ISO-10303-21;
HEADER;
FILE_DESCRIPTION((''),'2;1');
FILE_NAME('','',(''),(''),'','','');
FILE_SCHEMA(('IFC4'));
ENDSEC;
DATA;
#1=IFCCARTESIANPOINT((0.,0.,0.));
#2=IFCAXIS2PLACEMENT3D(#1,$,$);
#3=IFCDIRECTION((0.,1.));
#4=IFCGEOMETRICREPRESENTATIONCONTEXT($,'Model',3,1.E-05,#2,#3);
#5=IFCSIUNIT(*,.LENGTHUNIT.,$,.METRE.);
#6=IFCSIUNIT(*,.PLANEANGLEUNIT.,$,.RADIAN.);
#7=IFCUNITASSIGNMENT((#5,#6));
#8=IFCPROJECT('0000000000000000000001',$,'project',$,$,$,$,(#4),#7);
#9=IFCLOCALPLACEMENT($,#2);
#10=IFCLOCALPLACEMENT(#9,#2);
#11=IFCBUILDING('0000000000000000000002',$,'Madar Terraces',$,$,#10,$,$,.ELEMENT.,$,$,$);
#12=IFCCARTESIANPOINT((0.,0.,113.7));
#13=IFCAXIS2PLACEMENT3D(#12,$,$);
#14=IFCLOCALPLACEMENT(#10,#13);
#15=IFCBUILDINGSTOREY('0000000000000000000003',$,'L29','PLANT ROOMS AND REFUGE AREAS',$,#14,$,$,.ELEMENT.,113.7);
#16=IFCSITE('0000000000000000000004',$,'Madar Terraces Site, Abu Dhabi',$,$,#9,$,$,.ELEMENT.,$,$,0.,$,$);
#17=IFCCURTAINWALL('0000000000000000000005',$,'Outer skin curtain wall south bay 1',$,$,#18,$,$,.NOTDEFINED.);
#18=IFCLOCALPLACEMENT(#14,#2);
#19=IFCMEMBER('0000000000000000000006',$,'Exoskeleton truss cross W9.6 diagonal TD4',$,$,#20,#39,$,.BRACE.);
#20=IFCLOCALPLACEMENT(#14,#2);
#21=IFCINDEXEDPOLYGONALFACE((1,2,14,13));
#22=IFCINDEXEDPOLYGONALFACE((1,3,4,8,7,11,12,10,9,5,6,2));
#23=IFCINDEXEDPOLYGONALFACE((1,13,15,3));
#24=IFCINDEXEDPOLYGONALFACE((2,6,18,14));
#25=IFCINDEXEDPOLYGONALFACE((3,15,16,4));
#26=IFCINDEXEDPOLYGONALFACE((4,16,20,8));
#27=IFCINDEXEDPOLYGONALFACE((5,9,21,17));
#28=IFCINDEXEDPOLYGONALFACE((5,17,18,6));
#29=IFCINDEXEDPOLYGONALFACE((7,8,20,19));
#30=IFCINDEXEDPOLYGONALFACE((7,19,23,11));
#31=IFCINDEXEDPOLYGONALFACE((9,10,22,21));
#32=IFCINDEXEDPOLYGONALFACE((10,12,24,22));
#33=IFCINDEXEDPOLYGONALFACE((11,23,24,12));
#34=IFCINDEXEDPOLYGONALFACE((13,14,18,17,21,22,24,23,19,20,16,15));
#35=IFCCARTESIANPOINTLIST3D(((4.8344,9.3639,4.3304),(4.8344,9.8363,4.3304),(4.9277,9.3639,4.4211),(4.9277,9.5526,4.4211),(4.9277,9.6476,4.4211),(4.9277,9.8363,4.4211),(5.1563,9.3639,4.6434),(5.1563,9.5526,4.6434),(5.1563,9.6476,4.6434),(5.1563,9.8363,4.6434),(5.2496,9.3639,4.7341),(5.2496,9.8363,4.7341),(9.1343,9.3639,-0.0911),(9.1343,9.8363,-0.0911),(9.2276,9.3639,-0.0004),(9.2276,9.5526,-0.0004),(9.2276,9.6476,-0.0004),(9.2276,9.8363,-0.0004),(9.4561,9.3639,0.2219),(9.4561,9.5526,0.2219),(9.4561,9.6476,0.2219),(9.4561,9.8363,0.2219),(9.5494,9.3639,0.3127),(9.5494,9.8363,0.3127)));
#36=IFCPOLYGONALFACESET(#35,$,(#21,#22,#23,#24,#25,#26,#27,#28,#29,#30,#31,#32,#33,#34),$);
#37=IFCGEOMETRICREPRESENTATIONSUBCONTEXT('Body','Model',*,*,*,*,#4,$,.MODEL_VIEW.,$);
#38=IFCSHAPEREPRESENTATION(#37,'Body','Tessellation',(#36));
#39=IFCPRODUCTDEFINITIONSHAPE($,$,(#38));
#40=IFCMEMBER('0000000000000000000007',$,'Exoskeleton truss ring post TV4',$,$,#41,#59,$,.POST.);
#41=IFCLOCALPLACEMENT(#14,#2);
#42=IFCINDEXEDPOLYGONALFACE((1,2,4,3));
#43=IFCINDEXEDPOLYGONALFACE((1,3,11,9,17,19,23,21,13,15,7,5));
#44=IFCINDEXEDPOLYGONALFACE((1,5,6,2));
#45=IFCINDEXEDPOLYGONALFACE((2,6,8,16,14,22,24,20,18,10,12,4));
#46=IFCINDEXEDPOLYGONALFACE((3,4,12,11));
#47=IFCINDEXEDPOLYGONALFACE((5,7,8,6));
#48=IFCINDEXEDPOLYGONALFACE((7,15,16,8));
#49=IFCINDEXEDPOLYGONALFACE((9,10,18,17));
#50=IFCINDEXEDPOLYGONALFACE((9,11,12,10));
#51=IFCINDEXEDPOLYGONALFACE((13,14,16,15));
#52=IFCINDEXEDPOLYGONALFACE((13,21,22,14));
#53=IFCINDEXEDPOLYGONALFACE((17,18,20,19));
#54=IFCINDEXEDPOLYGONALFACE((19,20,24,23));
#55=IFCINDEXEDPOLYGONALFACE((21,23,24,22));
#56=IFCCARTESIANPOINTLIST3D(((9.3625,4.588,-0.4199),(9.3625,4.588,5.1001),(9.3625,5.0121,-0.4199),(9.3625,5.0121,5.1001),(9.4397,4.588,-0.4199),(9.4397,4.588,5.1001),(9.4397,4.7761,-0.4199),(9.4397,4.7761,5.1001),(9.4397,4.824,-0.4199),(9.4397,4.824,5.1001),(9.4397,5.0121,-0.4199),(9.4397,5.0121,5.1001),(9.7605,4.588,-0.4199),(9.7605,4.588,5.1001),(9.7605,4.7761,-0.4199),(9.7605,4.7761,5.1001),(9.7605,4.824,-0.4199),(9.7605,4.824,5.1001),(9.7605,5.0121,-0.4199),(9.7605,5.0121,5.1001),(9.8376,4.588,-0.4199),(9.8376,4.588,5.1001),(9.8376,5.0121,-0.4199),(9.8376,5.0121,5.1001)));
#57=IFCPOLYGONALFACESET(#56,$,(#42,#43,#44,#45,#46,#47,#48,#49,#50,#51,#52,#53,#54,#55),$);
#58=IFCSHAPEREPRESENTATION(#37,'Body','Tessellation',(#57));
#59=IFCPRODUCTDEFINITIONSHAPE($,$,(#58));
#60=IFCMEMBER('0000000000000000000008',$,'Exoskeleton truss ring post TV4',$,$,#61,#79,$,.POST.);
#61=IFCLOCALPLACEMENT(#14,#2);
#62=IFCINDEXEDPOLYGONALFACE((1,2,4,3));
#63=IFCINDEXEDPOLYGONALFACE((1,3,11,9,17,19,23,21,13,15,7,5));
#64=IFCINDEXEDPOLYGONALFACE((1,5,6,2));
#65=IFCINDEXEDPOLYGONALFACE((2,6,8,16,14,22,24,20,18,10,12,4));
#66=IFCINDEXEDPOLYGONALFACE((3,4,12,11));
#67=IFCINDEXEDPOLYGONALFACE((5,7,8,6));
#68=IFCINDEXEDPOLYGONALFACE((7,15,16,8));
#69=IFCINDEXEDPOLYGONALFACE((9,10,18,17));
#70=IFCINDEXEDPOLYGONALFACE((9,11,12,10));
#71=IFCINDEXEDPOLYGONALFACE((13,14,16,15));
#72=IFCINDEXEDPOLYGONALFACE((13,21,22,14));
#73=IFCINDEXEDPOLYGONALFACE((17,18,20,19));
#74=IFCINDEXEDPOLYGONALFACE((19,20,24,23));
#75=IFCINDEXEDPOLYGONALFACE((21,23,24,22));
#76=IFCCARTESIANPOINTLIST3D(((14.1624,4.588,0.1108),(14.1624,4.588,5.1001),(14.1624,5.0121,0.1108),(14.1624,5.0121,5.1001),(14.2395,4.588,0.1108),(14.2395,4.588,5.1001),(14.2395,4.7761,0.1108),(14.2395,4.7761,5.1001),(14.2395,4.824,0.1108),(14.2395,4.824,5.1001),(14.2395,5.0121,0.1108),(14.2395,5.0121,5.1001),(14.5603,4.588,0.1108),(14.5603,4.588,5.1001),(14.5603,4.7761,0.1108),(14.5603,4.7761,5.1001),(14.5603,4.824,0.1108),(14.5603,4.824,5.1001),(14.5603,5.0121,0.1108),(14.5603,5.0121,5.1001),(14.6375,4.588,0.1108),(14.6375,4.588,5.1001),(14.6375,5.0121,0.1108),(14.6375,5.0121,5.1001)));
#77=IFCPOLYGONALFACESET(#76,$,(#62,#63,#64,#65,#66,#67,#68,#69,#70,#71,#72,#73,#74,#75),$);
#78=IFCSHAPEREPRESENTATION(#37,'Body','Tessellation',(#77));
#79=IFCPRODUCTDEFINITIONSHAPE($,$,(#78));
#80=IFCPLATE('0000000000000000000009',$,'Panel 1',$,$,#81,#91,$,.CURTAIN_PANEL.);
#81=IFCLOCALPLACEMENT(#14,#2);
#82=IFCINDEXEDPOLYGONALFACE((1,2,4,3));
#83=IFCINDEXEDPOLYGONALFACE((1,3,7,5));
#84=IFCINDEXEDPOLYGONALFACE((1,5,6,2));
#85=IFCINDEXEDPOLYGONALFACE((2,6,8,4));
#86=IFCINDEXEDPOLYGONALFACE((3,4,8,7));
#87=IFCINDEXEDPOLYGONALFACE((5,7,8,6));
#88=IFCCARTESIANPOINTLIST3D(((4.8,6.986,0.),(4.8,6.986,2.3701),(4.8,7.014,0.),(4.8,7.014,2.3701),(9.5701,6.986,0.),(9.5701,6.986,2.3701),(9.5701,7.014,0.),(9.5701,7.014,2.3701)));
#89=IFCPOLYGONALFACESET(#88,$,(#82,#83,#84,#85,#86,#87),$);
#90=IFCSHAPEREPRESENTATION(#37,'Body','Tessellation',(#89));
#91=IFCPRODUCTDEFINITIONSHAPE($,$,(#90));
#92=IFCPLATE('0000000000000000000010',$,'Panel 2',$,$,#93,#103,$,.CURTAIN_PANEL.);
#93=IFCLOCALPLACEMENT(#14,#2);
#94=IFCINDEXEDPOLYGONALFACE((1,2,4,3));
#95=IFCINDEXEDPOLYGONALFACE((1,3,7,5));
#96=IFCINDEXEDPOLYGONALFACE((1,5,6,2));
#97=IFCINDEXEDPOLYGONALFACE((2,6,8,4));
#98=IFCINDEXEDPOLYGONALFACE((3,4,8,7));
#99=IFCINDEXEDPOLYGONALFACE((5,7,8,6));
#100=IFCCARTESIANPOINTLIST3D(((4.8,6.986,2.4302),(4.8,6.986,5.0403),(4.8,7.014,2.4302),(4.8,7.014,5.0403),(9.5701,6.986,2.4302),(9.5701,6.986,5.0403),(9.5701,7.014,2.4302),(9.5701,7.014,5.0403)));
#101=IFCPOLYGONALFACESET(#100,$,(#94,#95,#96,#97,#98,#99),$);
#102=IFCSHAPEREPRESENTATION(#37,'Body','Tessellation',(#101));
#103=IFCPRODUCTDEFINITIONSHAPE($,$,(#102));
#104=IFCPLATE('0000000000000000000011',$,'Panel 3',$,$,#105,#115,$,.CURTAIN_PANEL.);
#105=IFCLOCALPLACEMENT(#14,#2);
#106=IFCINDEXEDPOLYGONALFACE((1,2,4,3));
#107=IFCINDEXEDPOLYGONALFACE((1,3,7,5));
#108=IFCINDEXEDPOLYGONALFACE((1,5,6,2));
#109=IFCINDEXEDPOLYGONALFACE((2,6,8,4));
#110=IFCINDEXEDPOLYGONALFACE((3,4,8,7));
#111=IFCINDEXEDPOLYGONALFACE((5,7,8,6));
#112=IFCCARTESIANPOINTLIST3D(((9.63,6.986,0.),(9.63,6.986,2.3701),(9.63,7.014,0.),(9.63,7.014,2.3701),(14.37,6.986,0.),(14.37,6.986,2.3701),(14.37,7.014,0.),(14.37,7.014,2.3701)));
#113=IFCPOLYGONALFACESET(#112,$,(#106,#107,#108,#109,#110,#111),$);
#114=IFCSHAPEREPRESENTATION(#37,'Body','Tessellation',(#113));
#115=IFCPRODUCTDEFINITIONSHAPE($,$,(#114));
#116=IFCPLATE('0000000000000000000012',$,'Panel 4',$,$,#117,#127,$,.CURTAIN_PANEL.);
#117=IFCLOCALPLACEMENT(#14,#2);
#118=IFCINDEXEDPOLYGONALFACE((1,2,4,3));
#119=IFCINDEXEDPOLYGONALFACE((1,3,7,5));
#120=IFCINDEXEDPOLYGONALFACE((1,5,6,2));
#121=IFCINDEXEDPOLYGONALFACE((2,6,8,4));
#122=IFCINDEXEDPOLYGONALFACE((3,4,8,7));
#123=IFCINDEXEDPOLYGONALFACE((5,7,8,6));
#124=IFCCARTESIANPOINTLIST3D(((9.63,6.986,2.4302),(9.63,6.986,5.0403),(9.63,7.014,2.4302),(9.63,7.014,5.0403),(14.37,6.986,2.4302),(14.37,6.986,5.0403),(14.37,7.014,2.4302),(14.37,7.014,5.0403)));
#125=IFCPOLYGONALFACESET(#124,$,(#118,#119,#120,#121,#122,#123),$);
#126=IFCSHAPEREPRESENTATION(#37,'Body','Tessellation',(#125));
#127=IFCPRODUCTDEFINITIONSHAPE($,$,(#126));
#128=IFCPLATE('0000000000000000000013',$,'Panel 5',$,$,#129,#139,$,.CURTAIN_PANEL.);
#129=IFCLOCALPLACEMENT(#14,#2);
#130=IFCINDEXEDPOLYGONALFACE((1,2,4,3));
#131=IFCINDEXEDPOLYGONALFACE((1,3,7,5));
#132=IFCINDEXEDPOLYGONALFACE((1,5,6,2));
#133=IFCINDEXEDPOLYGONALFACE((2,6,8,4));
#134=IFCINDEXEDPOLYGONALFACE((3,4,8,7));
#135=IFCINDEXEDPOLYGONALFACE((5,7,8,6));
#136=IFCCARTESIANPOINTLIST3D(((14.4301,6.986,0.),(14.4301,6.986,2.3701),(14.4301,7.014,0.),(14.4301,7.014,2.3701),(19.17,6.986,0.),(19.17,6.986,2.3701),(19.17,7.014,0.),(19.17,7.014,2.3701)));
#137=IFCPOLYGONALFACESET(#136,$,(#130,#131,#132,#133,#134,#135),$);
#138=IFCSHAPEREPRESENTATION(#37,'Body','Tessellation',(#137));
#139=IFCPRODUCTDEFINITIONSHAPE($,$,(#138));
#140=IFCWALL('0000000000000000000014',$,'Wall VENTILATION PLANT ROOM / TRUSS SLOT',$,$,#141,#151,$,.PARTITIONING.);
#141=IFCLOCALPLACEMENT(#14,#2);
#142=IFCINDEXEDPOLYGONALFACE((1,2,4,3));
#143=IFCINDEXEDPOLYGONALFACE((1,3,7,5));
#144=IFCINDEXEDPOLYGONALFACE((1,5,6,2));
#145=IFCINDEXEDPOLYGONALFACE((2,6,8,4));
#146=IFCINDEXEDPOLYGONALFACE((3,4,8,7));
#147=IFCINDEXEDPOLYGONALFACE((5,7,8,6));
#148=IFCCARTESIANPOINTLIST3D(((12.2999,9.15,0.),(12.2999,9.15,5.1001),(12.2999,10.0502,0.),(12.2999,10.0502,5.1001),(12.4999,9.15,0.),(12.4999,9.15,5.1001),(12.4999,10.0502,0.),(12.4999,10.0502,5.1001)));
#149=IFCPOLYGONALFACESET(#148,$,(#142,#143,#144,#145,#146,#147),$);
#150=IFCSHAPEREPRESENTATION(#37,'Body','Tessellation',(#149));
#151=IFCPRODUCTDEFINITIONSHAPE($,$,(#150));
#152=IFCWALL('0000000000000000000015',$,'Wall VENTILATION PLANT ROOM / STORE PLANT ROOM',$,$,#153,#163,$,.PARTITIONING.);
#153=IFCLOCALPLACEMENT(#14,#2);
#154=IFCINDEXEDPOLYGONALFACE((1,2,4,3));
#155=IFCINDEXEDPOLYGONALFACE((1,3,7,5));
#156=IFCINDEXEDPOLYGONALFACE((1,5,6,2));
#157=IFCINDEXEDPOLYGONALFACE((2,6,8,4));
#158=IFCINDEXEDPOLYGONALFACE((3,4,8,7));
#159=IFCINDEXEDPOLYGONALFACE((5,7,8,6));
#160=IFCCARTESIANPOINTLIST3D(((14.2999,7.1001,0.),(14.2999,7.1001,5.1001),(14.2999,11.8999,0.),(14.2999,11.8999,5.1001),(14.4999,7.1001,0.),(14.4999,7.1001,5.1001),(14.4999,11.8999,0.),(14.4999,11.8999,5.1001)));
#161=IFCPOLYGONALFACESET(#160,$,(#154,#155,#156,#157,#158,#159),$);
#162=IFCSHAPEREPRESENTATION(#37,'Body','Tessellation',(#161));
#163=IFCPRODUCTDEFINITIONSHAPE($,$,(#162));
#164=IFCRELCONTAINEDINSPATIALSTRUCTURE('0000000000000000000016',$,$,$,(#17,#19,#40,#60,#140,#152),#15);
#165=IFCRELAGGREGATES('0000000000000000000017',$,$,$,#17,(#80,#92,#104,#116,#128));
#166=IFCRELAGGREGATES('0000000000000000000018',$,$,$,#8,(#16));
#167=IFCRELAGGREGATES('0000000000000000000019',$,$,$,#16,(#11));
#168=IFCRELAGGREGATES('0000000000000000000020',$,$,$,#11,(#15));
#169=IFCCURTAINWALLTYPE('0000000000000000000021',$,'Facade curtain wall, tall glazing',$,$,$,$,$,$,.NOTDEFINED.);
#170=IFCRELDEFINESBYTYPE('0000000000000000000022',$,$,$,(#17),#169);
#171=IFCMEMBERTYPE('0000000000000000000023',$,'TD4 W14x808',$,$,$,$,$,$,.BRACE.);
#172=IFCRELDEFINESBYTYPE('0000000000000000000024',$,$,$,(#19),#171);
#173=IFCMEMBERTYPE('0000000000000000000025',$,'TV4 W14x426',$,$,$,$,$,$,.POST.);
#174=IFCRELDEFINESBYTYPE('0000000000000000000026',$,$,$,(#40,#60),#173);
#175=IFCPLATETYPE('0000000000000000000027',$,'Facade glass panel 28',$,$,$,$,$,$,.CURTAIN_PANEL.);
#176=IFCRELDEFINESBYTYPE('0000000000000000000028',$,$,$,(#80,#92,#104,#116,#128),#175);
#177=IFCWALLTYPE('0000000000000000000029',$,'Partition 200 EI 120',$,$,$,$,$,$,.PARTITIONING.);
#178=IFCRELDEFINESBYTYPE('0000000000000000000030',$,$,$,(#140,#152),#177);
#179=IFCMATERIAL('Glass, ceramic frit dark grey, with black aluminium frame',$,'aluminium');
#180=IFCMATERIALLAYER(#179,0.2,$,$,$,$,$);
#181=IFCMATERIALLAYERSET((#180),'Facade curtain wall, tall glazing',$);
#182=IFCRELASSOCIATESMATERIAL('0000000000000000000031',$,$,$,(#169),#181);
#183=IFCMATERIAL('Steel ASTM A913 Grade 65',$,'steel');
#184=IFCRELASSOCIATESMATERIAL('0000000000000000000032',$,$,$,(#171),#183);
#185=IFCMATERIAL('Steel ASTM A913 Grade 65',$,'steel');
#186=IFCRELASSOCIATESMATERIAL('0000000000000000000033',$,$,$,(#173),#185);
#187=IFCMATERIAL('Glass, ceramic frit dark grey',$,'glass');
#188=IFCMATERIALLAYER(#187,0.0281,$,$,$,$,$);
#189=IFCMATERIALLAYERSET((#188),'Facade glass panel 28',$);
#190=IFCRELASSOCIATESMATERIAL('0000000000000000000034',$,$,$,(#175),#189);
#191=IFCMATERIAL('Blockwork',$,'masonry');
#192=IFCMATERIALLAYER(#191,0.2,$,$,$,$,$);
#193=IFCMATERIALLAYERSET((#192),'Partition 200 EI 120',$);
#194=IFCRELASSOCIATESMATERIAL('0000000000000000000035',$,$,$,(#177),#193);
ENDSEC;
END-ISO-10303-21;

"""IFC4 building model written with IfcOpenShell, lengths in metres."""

from ifc_helpers import new_model, si_unit, direction, frame, frame_2d, origin, origin_2d, place, context, subcontext, project, spatial, rectangle, i_section, extrude, material, layer, layer_set, material_profile, profile_set, type_object, element, aggregate, save


model = new_model("IFC4")

# Units and contexts
model_context = context("Model", 3, precision=1e-05, world=origin(), true_north=direction((0.0, 1.0)))
body_context = subcontext(model_context, "Body", "Model", "MODEL_VIEW")
ifc_project = project(units=[si_unit("LENGTHUNIT", "METRE"), si_unit("PLANEANGLEUNIT", "RADIAN")], contexts=[model_context])

# Site, building, storey
site_placement = place(None, origin())
site = spatial("IfcSite", under=ifc_project, at=site_placement, Name="Madar Terraces Site, Abu Dhabi", CompositionType="ELEMENT", RefElevation=0.0)
building_placement = place(site_placement, origin())
building = spatial("IfcBuilding", under=site, at=building_placement, Name="Madar Terraces", CompositionType="ELEMENT")
storey_placement = place(building_placement, frame((0.0, 0.0, 113.7)))
storey = spatial("IfcBuildingStorey", under=building, at=storey_placement, Name="L29", Description="PLANT ROOMS AND REFUGE AREAS", CompositionType="ELEMENT", Elevation=113.7)

# Curtain wall
ifc_material_1 = material(Name="Glass, ceramic frit dark grey, with black aluminium frame", Category="aluminium")
ifc_layer_1 = layer(ifc_material_1, 0.2)
ifc_layer_set_1 = layer_set([ifc_layer_1], Name="Facade curtain wall, tall glazing")
curtain_wall_type = type_object("IfcCurtainWallType", Name="Facade curtain wall, tall glazing", PredefinedType="NOTDEFINED", material=ifc_layer_set_1)
curtain_wall_placement = place(storey_placement, origin())
curtain_wall = element("IfcCurtainWall", 1, at=curtain_wall_placement, inside=storey, type_object=curtain_wall_type, Name="Outer skin curtain wall south bay 1", PredefinedType="NOTDEFINED")

# Members
ifc_material_2 = material(Name="Steel ASTM A913 Grade 65", Category="steel")
ifc_material_profile_1 = material_profile(ifc_material_2, i_section(OverallWidth=0.4724, OverallDepth=0.5791, WebThickness=0.095, FlangeThickness=0.1301, at=origin_2d()), Name="W14x808")
ifc_profile_set_1 = profile_set([ifc_material_profile_1], Name="Steel ASTM A913 Grade 65")
member_type_1 = type_object("IfcMemberType", Name="TD4 W14x808", PredefinedType="BRACE", material=ifc_profile_set_1)
for number, where, z_axis, x_axis, name in (
    (2, (5.042, 9.6001, 4.5322), (0.697181, 0.0, -0.716895), (0.0, 1.0, 0.0), "Exoskeleton truss cross W9.6 diagonal TD4"),
):
    element("IfcMember", number, at=place(storey_placement, frame(where, z_axis=z_axis, x_axis=x_axis)), inside=storey, type_object=member_type_1, Name=name, PredefinedType="BRACE", context=body_context, shape_type="SweptSolid", body=[
        extrude(i_section(OverallWidth=0.4724, OverallDepth=0.5791, WebThickness=0.095, FlangeThickness=0.1301, at=origin_2d()), origin(), (0.0, 0.0, 1.0), 6.1675),
    ])
ifc_material_3 = material(Name="Steel ASTM A913 Grade 65", Category="steel")
ifc_material_profile_2 = material_profile(ifc_material_3, i_section(OverallWidth=0.4241, OverallDepth=0.4751, WebThickness=0.0479, FlangeThickness=0.0771, at=origin_2d()), Name="W14x426")
ifc_profile_set_2 = profile_set([ifc_material_profile_2], Name="Steel ASTM A913 Grade 65")
member_type_2 = type_object("IfcMemberType", Name="TV4 W14x426", PredefinedType="POST", material=ifc_profile_set_2)
member_1_placement = place(storey_placement, frame((9.6001, 4.8, -0.4199), z_axis=(0.0, 0.0, 1.0), x_axis=(0.0, 1.0, 0.0)))
element("IfcMember", 3, at=member_1_placement, inside=storey, type_object=member_type_2, Name="Exoskeleton truss ring post TV4", PredefinedType="POST", context=body_context, shape_type="SweptSolid", body=[
    extrude(i_section(OverallWidth=0.4241, OverallDepth=0.4751, WebThickness=0.0479, FlangeThickness=0.0771, at=origin_2d()), origin(), (0.0, 0.0, 1.0), 5.52),
])
member_2_placement = place(storey_placement, frame((14.3999, 4.8, 0.1108), z_axis=(0.0, 0.0, 1.0), x_axis=(0.0, 1.0, 0.0)))
element("IfcMember", 4, at=member_2_placement, inside=storey, type_object=member_type_2, Name="Exoskeleton truss ring post TV4", PredefinedType="POST", context=body_context, shape_type="SweptSolid", body=[
    extrude(i_section(OverallWidth=0.4241, OverallDepth=0.4751, WebThickness=0.0479, FlangeThickness=0.0771, at=origin_2d()), origin(), (0.0, 0.0, 1.0), 4.9893),
])

# Plates
ifc_material_4 = material(Name="Glass, ceramic frit dark grey", Category="glass")
ifc_layer_2 = layer(ifc_material_4, 0.0281)
ifc_layer_set_2 = layer_set([ifc_layer_2], Name="Facade glass panel 28")
plate_type = type_object("IfcPlateType", Name="Facade glass panel 28", PredefinedType="CURTAIN_PANEL", material=ifc_layer_set_2)
plate_1_placement = place(storey_placement, frame((7.1851, 7.0, 0.0), z_axis=(0.0, 0.0, 1.0), x_axis=(1.0, 0.0, 0.0)))
plate_1 = element("IfcPlate", 5, at=plate_1_placement, type_object=plate_type, Name="Panel 1", PredefinedType="CURTAIN_PANEL", context=body_context, shape_type="SweptSolid", body=[
    extrude(rectangle(XDim=4.77, YDim=0.0281, at=origin_2d()), origin(), (0.0, 0.0, 1.0), 2.3701),
])
plate_2_placement = place(storey_placement, frame((7.1851, 7.0, 2.4302), z_axis=(0.0, 0.0, 1.0), x_axis=(1.0, 0.0, 0.0)))
plate_2 = element("IfcPlate", 6, at=plate_2_placement, type_object=plate_type, Name="Panel 2", PredefinedType="CURTAIN_PANEL", context=body_context, shape_type="SweptSolid", body=[
    extrude(rectangle(XDim=4.77, YDim=0.0281, at=origin_2d()), origin(), (0.0, 0.0, 1.0), 2.6101),
])
plate_3_placement = place(storey_placement, frame((12.0, 7.0, 0.0), z_axis=(0.0, 0.0, 1.0), x_axis=(1.0, 0.0, 0.0)))
plate_3 = element("IfcPlate", 7, at=plate_3_placement, type_object=plate_type, Name="Panel 3", PredefinedType="CURTAIN_PANEL", context=body_context, shape_type="SweptSolid", body=[
    extrude(rectangle(XDim=4.74, YDim=0.0281, at=origin_2d()), origin(), (0.0, 0.0, 1.0), 2.3701),
])
plate_4_placement = place(storey_placement, frame((12.0, 7.0, 2.4302), z_axis=(0.0, 0.0, 1.0), x_axis=(1.0, 0.0, 0.0)))
plate_4 = element("IfcPlate", 8, at=plate_4_placement, type_object=plate_type, Name="Panel 4", PredefinedType="CURTAIN_PANEL", context=body_context, shape_type="SweptSolid", body=[
    extrude(rectangle(XDim=4.74, YDim=0.0281, at=origin_2d()), origin(), (0.0, 0.0, 1.0), 2.6101),
])
plate_5_placement = place(storey_placement, frame((16.8, 7.0, 0.0), z_axis=(0.0, 0.0, 1.0), x_axis=(1.0, 0.0, 0.0)))
plate_5 = element("IfcPlate", 9, at=plate_5_placement, type_object=plate_type, Name="Panel 5", PredefinedType="CURTAIN_PANEL", context=body_context, shape_type="SweptSolid", body=[
    extrude(rectangle(XDim=4.74, YDim=0.0281, at=origin_2d()), origin(), (0.0, 0.0, 1.0), 2.3701),
])
aggregate(curtain_wall, [plate_1, plate_2, plate_3, plate_4, plate_5])

# Walls
ifc_material_5 = material(Name="Blockwork", Category="masonry")
ifc_layer_3 = layer(ifc_material_5, 0.2)
ifc_layer_set_3 = layer_set([ifc_layer_3], Name="Partition 200 EI 120")
wall_type = type_object("IfcWallType", Name="Partition 200 EI 120", PredefinedType="PARTITIONING", material=ifc_layer_set_3)
wall_1_placement = place(storey_placement, frame((12.3999, 9.1499, 0.0), z_axis=(0.0, 0.0, 1.0), x_axis=(0.0, 1.0, 0.0)))
element("IfcWall", 10, at=wall_1_placement, inside=storey, type_object=wall_type, Name="Wall VENTILATION PLANT ROOM / TRUSS SLOT", PredefinedType="PARTITIONING", context=body_context, shape_type="SweptSolid", body=[
    extrude(rectangle(XDim=0.9001, YDim=0.2, at=frame_2d((0.4502, 0.0))), origin(), (0.0, 0.0, 1.0), 5.1001),
])
wall_2_placement = place(storey_placement, frame((14.3999, 7.1001, 0.0), z_axis=(0.0, 0.0, 1.0), x_axis=(0.0, 1.0, 0.0)))
element("IfcWall", 11, at=wall_2_placement, inside=storey, type_object=wall_type, Name="Wall VENTILATION PLANT ROOM / STORE PLANT ROOM", PredefinedType="PARTITIONING", context=body_context, shape_type="SweptSolid", body=[
    extrude(rectangle(XDim=4.7998, YDim=0.2, at=frame_2d((2.3999, 0.0))), origin(), (0.0, 0.0, 1.0), 5.1001),
])

save(model, "model.ifc")
